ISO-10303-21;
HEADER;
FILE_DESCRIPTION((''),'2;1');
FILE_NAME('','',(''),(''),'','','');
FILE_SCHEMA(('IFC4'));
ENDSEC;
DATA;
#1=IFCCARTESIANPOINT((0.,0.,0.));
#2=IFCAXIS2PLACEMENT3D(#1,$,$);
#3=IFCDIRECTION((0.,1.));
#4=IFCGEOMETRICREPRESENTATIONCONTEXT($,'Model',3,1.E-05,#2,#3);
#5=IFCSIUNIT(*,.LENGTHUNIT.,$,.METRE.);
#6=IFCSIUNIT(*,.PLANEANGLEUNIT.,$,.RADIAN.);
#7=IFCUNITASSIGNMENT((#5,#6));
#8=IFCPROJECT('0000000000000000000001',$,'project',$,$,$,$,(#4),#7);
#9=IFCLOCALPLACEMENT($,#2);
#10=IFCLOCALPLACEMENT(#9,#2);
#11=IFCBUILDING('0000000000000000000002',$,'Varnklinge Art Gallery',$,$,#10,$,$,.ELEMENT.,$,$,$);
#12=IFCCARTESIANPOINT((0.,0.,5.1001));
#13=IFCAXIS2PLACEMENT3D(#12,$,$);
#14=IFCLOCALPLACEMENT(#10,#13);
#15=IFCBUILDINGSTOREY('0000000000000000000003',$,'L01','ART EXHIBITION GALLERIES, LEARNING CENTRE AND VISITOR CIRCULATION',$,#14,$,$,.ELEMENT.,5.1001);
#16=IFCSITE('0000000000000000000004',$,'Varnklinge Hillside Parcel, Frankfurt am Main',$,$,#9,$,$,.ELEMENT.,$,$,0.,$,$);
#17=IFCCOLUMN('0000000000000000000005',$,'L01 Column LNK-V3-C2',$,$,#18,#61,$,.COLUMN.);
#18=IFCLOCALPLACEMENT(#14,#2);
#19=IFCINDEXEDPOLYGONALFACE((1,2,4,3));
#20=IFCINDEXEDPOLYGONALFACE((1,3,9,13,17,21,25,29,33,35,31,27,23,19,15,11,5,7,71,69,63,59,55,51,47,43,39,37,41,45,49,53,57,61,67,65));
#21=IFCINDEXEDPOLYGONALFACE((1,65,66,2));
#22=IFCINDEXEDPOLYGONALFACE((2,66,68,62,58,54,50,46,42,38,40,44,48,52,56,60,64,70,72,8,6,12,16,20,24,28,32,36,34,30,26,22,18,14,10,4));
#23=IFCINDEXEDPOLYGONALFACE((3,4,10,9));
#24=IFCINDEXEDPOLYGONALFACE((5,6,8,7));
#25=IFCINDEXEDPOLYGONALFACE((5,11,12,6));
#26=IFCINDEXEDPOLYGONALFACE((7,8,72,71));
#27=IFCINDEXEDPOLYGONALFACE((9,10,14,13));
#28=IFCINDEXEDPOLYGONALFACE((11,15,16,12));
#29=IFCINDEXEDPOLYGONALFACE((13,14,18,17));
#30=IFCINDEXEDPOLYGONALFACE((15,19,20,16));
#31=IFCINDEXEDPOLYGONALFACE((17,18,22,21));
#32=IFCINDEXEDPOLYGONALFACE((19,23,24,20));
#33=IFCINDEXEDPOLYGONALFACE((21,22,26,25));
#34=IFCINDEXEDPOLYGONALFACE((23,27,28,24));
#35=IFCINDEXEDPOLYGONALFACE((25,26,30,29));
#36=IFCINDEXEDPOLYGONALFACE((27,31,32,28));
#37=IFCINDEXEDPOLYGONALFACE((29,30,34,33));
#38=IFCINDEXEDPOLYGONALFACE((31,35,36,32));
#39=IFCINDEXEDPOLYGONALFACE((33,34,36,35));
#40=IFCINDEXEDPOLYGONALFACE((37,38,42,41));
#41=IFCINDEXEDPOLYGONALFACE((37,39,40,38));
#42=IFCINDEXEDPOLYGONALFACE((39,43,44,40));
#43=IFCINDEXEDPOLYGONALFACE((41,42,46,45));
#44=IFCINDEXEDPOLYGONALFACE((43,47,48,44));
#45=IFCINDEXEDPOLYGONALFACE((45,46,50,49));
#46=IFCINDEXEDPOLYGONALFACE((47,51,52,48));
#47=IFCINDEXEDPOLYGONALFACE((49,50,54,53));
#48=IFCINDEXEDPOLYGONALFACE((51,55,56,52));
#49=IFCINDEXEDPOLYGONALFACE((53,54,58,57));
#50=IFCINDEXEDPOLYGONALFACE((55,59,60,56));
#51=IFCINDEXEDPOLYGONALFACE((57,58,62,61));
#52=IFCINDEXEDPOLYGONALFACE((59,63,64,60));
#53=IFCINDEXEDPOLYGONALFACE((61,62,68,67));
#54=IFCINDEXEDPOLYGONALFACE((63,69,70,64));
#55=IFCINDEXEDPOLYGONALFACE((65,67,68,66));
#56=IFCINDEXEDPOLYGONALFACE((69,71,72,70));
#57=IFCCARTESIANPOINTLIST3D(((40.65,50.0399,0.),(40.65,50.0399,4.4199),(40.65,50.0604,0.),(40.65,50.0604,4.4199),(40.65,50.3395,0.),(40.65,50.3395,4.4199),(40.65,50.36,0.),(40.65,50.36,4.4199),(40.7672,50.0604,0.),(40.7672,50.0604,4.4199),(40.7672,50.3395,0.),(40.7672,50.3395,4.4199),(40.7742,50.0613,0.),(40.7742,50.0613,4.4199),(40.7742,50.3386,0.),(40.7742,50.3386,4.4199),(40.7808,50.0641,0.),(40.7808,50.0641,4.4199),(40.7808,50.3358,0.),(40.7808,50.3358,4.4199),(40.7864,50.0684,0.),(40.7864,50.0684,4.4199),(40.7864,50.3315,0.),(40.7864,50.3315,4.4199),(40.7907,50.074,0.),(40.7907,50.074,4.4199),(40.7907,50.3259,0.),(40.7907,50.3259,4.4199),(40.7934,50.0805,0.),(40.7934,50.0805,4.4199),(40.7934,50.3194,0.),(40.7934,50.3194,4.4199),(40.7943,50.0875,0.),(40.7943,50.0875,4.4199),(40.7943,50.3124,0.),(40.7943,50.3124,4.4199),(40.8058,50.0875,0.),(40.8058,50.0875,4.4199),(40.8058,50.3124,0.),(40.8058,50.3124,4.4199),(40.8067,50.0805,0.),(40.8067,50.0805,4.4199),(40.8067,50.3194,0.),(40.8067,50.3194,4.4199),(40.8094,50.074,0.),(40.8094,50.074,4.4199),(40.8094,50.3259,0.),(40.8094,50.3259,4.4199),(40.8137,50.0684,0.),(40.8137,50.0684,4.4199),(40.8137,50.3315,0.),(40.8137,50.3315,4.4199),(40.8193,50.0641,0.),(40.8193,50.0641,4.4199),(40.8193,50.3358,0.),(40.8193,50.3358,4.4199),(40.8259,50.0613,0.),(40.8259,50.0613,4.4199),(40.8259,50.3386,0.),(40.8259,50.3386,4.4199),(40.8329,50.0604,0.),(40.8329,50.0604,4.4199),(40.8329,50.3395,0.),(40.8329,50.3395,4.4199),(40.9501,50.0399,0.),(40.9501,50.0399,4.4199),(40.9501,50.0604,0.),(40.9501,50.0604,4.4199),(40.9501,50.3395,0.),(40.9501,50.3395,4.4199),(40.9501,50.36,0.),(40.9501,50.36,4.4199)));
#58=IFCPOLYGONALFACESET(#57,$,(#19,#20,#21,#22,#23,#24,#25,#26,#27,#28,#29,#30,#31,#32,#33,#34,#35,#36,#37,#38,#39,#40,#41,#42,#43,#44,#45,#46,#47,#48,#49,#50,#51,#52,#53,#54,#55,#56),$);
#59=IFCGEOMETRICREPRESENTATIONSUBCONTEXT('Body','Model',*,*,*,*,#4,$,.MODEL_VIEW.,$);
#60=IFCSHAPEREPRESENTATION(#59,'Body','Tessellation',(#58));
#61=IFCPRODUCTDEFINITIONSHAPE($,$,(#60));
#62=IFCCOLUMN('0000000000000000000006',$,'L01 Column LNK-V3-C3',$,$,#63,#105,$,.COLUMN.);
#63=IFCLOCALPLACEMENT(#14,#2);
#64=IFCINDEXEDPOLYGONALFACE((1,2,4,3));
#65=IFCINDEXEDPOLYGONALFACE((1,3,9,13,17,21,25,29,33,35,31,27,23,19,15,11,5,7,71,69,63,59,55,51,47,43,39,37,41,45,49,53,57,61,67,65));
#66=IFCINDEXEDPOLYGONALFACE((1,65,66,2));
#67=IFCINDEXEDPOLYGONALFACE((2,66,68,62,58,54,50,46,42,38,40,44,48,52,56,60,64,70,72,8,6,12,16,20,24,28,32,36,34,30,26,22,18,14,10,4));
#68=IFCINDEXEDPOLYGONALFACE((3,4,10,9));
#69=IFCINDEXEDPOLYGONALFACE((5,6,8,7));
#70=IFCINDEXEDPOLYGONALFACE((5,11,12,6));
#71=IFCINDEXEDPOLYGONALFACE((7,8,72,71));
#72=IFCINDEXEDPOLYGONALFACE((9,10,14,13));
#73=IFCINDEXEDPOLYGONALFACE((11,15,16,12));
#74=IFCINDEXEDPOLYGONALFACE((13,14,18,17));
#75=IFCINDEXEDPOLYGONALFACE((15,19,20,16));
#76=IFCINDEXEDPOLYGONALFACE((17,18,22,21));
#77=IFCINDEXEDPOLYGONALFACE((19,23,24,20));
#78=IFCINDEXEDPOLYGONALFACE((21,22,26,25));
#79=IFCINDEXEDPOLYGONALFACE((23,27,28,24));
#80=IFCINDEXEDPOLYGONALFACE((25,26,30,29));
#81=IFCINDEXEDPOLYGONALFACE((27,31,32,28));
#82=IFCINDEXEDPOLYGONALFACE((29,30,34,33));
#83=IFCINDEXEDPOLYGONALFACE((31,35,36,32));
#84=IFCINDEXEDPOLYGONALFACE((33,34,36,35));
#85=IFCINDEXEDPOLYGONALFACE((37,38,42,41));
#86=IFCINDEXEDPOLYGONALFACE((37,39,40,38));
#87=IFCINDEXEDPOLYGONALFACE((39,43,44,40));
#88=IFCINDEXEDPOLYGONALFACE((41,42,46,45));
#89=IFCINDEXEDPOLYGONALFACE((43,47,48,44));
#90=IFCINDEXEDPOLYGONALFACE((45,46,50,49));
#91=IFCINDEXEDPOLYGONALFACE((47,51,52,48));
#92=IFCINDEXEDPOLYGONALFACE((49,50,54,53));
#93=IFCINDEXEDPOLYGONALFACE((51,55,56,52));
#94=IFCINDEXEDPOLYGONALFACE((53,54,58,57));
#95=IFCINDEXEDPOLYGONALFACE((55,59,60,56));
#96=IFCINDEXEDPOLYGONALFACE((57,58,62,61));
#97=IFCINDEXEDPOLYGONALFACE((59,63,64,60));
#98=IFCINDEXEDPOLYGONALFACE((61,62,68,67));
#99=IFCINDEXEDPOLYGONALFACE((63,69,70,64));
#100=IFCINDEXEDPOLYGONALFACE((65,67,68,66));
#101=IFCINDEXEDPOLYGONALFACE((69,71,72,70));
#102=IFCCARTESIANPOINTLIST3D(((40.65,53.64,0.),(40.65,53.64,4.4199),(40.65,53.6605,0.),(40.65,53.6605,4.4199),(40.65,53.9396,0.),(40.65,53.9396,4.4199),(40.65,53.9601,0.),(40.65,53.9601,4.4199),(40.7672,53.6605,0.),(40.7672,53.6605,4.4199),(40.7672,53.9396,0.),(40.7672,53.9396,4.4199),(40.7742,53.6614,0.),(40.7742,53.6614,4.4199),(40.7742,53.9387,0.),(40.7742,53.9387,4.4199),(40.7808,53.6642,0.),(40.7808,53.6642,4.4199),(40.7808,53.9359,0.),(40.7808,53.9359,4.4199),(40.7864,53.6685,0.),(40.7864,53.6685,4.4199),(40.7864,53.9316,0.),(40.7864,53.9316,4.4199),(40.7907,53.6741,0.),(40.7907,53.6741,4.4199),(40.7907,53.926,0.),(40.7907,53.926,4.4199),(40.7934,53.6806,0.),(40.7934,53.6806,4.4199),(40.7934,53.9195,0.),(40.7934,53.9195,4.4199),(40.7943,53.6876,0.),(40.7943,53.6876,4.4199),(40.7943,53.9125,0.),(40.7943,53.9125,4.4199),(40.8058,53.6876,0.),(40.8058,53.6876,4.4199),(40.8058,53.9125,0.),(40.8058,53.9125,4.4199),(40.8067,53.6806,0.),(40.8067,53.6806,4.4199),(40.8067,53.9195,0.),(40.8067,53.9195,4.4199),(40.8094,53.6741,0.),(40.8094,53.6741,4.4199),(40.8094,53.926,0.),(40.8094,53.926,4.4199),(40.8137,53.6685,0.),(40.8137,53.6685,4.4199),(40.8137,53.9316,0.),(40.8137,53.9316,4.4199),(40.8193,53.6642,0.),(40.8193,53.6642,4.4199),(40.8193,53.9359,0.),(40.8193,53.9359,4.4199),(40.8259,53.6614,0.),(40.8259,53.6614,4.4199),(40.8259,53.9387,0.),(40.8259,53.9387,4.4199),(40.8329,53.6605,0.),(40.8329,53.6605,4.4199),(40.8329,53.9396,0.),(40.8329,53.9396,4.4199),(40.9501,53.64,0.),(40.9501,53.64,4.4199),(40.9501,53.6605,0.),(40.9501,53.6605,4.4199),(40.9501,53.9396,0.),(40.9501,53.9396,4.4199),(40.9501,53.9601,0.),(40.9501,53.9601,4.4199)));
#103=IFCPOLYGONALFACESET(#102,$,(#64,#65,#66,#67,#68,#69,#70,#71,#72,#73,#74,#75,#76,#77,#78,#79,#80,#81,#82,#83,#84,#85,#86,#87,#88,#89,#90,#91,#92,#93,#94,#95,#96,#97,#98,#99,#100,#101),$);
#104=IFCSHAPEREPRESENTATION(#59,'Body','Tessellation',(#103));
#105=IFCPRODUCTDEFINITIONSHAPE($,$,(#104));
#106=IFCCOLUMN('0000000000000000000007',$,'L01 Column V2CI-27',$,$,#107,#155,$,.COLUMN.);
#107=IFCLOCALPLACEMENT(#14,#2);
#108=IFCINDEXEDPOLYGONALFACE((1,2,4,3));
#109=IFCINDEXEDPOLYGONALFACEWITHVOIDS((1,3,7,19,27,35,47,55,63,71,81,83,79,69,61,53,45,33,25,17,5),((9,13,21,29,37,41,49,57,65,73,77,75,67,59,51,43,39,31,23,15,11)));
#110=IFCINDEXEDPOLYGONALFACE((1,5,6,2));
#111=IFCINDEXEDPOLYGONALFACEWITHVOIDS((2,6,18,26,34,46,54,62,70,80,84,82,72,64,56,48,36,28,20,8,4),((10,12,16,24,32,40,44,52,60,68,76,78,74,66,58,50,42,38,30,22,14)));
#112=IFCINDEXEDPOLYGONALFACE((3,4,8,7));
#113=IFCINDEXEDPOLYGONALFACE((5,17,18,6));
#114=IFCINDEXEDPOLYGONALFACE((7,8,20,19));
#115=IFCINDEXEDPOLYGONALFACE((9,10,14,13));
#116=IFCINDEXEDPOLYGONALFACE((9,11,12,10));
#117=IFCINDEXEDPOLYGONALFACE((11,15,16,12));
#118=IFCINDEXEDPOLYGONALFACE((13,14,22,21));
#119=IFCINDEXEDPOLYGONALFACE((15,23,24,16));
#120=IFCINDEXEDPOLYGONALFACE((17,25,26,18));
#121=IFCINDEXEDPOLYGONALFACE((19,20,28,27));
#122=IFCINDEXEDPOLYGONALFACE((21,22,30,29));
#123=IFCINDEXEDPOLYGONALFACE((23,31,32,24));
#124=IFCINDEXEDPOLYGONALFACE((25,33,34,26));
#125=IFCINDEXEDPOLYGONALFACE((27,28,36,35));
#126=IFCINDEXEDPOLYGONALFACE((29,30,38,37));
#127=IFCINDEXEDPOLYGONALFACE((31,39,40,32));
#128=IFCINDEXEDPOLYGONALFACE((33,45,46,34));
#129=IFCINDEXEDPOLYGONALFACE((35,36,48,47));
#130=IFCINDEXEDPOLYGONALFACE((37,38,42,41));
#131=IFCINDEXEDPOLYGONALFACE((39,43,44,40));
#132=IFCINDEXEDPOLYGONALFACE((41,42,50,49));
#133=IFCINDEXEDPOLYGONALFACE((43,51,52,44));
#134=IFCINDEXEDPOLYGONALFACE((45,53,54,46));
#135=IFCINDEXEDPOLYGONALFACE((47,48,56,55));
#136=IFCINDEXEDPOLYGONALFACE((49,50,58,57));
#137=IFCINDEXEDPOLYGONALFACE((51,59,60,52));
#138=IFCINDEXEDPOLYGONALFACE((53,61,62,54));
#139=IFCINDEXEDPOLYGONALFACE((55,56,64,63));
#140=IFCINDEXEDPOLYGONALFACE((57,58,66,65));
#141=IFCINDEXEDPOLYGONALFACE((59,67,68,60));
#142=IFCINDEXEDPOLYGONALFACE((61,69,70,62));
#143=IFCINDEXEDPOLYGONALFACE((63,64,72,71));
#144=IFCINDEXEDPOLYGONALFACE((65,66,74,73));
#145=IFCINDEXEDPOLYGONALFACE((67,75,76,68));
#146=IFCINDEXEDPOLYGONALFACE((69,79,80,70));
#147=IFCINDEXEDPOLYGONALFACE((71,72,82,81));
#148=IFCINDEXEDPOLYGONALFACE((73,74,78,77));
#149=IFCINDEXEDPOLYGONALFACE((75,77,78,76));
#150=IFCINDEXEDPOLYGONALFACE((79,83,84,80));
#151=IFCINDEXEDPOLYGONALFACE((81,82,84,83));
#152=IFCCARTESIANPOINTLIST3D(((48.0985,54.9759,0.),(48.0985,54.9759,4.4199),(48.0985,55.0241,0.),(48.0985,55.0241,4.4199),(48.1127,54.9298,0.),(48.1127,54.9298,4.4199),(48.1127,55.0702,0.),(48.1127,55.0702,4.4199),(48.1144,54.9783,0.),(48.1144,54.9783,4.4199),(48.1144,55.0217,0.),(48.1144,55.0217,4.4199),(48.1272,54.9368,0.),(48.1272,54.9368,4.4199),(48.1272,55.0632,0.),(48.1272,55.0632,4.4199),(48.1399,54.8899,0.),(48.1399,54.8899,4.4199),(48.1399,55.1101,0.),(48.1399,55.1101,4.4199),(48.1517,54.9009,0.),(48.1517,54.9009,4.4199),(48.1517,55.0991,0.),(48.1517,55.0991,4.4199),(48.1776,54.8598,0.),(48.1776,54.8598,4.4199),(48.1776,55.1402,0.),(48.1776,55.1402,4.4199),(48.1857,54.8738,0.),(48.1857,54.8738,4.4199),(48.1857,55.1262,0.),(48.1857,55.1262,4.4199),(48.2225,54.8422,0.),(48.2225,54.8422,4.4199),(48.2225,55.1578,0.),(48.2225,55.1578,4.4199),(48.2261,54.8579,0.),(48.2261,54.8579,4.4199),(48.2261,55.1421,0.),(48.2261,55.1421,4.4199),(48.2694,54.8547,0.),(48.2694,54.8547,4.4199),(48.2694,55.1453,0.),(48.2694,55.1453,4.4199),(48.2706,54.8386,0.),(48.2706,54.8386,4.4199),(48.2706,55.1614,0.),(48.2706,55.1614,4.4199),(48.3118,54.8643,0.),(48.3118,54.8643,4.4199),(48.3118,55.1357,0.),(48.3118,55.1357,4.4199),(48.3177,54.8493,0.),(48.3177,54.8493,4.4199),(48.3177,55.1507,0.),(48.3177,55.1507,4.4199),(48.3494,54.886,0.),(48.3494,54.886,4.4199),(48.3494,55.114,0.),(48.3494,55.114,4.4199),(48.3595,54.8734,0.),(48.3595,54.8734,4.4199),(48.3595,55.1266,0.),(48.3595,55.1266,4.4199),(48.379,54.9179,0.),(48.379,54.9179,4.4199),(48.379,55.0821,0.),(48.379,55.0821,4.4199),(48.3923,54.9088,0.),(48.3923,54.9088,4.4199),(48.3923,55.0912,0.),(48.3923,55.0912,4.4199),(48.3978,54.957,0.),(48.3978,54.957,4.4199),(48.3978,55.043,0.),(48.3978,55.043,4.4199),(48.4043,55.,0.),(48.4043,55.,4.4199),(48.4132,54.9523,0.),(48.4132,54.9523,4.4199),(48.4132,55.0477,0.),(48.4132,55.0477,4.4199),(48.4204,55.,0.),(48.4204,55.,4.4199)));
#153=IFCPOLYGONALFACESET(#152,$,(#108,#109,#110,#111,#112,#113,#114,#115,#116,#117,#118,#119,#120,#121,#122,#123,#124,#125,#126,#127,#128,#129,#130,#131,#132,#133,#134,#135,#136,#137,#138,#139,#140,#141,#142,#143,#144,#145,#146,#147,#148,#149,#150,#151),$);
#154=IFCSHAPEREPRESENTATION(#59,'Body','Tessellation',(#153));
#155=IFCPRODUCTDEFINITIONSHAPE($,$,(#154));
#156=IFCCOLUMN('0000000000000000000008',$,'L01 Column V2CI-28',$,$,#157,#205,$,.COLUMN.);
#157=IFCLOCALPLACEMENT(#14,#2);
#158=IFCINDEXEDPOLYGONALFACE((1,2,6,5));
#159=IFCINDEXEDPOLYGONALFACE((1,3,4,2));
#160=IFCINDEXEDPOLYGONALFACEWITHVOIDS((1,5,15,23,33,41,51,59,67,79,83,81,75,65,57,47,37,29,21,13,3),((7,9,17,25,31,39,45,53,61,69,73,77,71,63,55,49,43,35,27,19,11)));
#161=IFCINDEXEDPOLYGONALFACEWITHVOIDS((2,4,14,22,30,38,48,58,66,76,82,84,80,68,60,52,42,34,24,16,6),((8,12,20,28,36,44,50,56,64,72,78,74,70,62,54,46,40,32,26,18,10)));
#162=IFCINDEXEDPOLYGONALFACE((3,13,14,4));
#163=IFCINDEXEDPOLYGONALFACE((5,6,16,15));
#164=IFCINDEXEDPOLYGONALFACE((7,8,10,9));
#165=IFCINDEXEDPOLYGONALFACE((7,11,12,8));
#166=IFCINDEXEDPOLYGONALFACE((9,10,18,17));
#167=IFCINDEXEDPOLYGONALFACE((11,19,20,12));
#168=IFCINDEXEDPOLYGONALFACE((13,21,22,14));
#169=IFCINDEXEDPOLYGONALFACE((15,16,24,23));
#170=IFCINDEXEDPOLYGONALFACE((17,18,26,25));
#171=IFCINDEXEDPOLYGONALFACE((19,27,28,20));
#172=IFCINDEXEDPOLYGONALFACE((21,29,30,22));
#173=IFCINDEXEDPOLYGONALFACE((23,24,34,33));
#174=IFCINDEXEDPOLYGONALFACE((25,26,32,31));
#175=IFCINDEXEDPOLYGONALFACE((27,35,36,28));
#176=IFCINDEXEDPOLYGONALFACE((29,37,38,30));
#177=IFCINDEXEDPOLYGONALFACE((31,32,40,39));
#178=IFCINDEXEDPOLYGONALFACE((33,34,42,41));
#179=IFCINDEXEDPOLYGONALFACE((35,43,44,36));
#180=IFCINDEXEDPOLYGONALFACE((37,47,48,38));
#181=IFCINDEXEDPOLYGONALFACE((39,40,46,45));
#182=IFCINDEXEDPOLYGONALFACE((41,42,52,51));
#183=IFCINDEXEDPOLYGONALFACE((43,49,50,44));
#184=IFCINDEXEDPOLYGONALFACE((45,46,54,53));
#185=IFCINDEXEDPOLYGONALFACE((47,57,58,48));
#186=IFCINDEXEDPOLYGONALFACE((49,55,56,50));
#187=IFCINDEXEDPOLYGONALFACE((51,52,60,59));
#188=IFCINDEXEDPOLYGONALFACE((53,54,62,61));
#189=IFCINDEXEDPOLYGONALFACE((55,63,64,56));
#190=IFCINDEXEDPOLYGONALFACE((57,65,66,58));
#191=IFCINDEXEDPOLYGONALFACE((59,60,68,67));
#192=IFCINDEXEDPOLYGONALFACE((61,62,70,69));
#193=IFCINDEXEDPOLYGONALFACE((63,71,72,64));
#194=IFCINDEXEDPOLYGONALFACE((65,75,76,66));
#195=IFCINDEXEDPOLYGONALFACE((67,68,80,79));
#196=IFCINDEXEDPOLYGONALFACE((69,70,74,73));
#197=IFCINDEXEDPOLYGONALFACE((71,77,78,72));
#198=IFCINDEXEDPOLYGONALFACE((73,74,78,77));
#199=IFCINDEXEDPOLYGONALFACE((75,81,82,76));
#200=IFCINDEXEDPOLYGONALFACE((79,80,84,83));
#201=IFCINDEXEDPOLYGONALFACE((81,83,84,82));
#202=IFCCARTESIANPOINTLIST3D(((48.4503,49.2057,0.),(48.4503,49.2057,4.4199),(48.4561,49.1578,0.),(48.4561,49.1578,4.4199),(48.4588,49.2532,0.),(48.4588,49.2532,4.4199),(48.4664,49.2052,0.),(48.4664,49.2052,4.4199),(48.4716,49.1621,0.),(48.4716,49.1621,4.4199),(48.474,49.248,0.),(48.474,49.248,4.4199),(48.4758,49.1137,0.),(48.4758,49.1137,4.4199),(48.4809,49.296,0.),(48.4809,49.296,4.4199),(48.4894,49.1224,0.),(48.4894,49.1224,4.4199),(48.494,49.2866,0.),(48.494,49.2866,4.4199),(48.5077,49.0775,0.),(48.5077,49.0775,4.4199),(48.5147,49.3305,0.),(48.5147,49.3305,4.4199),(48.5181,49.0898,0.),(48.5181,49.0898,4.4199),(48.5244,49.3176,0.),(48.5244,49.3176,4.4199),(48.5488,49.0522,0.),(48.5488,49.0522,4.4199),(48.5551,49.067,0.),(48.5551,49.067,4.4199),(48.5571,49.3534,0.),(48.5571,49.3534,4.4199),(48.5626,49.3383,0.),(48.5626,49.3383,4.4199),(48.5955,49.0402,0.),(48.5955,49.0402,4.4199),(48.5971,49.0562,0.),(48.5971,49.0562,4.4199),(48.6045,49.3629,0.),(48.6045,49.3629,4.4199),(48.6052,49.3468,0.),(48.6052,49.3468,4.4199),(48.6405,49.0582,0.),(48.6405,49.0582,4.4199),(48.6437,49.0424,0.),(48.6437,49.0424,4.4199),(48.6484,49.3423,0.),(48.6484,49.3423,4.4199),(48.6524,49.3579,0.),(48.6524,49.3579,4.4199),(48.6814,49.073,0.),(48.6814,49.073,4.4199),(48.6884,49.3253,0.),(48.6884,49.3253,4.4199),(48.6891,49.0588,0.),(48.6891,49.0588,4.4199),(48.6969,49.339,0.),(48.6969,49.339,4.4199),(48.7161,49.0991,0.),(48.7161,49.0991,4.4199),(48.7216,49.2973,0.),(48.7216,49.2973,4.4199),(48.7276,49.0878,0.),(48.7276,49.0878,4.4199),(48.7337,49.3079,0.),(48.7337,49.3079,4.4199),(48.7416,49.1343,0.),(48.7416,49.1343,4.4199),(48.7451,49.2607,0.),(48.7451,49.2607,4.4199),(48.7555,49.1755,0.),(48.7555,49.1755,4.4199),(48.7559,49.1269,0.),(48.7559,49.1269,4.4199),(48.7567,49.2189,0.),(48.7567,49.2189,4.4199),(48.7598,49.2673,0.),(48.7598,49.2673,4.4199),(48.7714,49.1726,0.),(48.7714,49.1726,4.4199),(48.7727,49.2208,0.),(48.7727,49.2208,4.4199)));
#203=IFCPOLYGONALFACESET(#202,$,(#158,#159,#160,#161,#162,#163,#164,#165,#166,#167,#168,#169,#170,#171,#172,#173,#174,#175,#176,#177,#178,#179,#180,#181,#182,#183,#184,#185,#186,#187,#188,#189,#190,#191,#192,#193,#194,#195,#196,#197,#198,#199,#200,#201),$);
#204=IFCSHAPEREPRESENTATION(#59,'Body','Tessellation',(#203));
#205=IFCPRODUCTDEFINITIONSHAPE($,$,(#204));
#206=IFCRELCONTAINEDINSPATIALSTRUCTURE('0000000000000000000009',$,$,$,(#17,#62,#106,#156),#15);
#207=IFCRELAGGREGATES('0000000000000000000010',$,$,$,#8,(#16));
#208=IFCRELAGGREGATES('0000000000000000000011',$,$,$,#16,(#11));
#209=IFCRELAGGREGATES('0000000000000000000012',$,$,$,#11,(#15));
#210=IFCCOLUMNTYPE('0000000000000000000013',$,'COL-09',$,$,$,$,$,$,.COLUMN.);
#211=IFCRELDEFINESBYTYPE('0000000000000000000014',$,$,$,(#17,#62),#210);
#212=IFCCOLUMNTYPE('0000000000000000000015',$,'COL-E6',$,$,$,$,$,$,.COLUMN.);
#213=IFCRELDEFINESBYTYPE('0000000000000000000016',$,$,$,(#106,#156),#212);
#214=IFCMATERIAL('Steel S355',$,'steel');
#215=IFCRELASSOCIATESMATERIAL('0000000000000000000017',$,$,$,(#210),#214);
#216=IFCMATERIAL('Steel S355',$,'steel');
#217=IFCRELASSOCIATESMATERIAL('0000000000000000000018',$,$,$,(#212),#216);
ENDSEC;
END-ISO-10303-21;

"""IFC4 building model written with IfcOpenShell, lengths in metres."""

from ifc_helpers import new_model, si_unit, direction, frame, origin, origin_2d, place, context, subcontext, project, spatial, hollow_circle, i_section, extrude, material, material_profile, profile_set, type_object, element, save


model = new_model("IFC4")

# Units and contexts
model_context = context("Model", 3, precision=1e-05, world=origin(), true_north=direction((0.0, 1.0)))
body_context = subcontext(model_context, "Body", "Model", "MODEL_VIEW")
ifc_project = project(units=[si_unit("LENGTHUNIT", "METRE"), si_unit("PLANEANGLEUNIT", "RADIAN")], contexts=[model_context])

# Site, building, storey
site_placement = place(None, origin())
site = spatial("IfcSite", under=ifc_project, at=site_placement, Name="Varnklinge Hillside Parcel, Frankfurt am Main", CompositionType="ELEMENT", RefElevation=0.0)
building_placement = place(site_placement, origin())
building = spatial("IfcBuilding", under=site, at=building_placement, Name="Varnklinge Art Gallery", CompositionType="ELEMENT")
storey_placement = place(building_placement, frame((0.0, 0.0, 5.1001)))
storey = spatial("IfcBuildingStorey", under=building, at=storey_placement, Name="L01", Description="ART EXHIBITION GALLERIES, LEARNING CENTRE AND VISITOR CIRCULATION", CompositionType="ELEMENT", Elevation=5.1001)

# Columns
ifc_material_1 = material(Name="Steel S355", Category="steel")
ifc_material_profile_1 = material_profile(ifc_material_1, i_section(OverallWidth=0.3, OverallDepth=0.3201, WebThickness=0.0115, FlangeThickness=0.0205, FilletRadius=0.0271, at=origin_2d()), Name="HEB 320")
ifc_profile_set_1 = profile_set([ifc_material_profile_1], Name="Steel S355")
column_type_1 = type_object("IfcColumnType", Name="COL-09", PredefinedType="COLUMN", material=ifc_profile_set_1)
for number, where, z_axis, x_axis, name in (
    (1, (40.8, 50.2, 0.0), (0.0, 0.0, 1.0), (1.0, 0.0, 0.0), "L01 Column LNK-V3-C2"),
    (2, (40.8, 53.8, 0.0), (0.0, 0.0, 1.0), (1.0, 0.0, 0.0), "L01 Column LNK-V3-C3"),
):
    element("IfcColumn", number, at=place(storey_placement, frame(where, z_axis=z_axis, x_axis=x_axis)), inside=storey, type_object=column_type_1, Name=name, PredefinedType="COLUMN", context=body_context, shape_type="SweptSolid", body=[
        extrude(i_section(OverallWidth=0.3, OverallDepth=0.3201, WebThickness=0.0115, FlangeThickness=0.0205, FilletRadius=0.0271, at=origin_2d()), origin(), (0.0, 0.0, 1.0), 4.4199),
    ])
ifc_material_2 = material(Name="Steel S355", Category="steel")
ifc_material_profile_2 = material_profile(ifc_material_2, hollow_circle(Radius=0.1619, WallThickness=0.0161, at=origin_2d()), Name="CHS 323.9x16")
ifc_profile_set_2 = profile_set([ifc_material_profile_2], Name="Steel S355")
column_type_2 = type_object("IfcColumnType", Name="COL-E6", PredefinedType="COLUMN", material=ifc_profile_set_2)
for number, where, z_axis, x_axis, name in (
    (3, (48.2585, 55.0, 0.0), (0.0, 0.0, 1.0), (1.0, 0.0, 0.0), "L01 Column V2CI-27"),
    (4, (48.6121, 49.2012, 0.0), (0.0, 0.0, 1.0), (0.992589, 0.121523, 0.0), "L01 Column V2CI-28"),
):
    element("IfcColumn", number, at=place(storey_placement, frame(where, z_axis=z_axis, x_axis=x_axis)), inside=storey, type_object=column_type_2, Name=name, PredefinedType="COLUMN", context=body_context, shape_type="SweptSolid", body=[
        extrude(hollow_circle(Radius=0.1619, WallThickness=0.0161, at=origin_2d()), origin(), (0.0, 0.0, 1.0), 4.4199),
    ])

save(model, "model.ifc")
